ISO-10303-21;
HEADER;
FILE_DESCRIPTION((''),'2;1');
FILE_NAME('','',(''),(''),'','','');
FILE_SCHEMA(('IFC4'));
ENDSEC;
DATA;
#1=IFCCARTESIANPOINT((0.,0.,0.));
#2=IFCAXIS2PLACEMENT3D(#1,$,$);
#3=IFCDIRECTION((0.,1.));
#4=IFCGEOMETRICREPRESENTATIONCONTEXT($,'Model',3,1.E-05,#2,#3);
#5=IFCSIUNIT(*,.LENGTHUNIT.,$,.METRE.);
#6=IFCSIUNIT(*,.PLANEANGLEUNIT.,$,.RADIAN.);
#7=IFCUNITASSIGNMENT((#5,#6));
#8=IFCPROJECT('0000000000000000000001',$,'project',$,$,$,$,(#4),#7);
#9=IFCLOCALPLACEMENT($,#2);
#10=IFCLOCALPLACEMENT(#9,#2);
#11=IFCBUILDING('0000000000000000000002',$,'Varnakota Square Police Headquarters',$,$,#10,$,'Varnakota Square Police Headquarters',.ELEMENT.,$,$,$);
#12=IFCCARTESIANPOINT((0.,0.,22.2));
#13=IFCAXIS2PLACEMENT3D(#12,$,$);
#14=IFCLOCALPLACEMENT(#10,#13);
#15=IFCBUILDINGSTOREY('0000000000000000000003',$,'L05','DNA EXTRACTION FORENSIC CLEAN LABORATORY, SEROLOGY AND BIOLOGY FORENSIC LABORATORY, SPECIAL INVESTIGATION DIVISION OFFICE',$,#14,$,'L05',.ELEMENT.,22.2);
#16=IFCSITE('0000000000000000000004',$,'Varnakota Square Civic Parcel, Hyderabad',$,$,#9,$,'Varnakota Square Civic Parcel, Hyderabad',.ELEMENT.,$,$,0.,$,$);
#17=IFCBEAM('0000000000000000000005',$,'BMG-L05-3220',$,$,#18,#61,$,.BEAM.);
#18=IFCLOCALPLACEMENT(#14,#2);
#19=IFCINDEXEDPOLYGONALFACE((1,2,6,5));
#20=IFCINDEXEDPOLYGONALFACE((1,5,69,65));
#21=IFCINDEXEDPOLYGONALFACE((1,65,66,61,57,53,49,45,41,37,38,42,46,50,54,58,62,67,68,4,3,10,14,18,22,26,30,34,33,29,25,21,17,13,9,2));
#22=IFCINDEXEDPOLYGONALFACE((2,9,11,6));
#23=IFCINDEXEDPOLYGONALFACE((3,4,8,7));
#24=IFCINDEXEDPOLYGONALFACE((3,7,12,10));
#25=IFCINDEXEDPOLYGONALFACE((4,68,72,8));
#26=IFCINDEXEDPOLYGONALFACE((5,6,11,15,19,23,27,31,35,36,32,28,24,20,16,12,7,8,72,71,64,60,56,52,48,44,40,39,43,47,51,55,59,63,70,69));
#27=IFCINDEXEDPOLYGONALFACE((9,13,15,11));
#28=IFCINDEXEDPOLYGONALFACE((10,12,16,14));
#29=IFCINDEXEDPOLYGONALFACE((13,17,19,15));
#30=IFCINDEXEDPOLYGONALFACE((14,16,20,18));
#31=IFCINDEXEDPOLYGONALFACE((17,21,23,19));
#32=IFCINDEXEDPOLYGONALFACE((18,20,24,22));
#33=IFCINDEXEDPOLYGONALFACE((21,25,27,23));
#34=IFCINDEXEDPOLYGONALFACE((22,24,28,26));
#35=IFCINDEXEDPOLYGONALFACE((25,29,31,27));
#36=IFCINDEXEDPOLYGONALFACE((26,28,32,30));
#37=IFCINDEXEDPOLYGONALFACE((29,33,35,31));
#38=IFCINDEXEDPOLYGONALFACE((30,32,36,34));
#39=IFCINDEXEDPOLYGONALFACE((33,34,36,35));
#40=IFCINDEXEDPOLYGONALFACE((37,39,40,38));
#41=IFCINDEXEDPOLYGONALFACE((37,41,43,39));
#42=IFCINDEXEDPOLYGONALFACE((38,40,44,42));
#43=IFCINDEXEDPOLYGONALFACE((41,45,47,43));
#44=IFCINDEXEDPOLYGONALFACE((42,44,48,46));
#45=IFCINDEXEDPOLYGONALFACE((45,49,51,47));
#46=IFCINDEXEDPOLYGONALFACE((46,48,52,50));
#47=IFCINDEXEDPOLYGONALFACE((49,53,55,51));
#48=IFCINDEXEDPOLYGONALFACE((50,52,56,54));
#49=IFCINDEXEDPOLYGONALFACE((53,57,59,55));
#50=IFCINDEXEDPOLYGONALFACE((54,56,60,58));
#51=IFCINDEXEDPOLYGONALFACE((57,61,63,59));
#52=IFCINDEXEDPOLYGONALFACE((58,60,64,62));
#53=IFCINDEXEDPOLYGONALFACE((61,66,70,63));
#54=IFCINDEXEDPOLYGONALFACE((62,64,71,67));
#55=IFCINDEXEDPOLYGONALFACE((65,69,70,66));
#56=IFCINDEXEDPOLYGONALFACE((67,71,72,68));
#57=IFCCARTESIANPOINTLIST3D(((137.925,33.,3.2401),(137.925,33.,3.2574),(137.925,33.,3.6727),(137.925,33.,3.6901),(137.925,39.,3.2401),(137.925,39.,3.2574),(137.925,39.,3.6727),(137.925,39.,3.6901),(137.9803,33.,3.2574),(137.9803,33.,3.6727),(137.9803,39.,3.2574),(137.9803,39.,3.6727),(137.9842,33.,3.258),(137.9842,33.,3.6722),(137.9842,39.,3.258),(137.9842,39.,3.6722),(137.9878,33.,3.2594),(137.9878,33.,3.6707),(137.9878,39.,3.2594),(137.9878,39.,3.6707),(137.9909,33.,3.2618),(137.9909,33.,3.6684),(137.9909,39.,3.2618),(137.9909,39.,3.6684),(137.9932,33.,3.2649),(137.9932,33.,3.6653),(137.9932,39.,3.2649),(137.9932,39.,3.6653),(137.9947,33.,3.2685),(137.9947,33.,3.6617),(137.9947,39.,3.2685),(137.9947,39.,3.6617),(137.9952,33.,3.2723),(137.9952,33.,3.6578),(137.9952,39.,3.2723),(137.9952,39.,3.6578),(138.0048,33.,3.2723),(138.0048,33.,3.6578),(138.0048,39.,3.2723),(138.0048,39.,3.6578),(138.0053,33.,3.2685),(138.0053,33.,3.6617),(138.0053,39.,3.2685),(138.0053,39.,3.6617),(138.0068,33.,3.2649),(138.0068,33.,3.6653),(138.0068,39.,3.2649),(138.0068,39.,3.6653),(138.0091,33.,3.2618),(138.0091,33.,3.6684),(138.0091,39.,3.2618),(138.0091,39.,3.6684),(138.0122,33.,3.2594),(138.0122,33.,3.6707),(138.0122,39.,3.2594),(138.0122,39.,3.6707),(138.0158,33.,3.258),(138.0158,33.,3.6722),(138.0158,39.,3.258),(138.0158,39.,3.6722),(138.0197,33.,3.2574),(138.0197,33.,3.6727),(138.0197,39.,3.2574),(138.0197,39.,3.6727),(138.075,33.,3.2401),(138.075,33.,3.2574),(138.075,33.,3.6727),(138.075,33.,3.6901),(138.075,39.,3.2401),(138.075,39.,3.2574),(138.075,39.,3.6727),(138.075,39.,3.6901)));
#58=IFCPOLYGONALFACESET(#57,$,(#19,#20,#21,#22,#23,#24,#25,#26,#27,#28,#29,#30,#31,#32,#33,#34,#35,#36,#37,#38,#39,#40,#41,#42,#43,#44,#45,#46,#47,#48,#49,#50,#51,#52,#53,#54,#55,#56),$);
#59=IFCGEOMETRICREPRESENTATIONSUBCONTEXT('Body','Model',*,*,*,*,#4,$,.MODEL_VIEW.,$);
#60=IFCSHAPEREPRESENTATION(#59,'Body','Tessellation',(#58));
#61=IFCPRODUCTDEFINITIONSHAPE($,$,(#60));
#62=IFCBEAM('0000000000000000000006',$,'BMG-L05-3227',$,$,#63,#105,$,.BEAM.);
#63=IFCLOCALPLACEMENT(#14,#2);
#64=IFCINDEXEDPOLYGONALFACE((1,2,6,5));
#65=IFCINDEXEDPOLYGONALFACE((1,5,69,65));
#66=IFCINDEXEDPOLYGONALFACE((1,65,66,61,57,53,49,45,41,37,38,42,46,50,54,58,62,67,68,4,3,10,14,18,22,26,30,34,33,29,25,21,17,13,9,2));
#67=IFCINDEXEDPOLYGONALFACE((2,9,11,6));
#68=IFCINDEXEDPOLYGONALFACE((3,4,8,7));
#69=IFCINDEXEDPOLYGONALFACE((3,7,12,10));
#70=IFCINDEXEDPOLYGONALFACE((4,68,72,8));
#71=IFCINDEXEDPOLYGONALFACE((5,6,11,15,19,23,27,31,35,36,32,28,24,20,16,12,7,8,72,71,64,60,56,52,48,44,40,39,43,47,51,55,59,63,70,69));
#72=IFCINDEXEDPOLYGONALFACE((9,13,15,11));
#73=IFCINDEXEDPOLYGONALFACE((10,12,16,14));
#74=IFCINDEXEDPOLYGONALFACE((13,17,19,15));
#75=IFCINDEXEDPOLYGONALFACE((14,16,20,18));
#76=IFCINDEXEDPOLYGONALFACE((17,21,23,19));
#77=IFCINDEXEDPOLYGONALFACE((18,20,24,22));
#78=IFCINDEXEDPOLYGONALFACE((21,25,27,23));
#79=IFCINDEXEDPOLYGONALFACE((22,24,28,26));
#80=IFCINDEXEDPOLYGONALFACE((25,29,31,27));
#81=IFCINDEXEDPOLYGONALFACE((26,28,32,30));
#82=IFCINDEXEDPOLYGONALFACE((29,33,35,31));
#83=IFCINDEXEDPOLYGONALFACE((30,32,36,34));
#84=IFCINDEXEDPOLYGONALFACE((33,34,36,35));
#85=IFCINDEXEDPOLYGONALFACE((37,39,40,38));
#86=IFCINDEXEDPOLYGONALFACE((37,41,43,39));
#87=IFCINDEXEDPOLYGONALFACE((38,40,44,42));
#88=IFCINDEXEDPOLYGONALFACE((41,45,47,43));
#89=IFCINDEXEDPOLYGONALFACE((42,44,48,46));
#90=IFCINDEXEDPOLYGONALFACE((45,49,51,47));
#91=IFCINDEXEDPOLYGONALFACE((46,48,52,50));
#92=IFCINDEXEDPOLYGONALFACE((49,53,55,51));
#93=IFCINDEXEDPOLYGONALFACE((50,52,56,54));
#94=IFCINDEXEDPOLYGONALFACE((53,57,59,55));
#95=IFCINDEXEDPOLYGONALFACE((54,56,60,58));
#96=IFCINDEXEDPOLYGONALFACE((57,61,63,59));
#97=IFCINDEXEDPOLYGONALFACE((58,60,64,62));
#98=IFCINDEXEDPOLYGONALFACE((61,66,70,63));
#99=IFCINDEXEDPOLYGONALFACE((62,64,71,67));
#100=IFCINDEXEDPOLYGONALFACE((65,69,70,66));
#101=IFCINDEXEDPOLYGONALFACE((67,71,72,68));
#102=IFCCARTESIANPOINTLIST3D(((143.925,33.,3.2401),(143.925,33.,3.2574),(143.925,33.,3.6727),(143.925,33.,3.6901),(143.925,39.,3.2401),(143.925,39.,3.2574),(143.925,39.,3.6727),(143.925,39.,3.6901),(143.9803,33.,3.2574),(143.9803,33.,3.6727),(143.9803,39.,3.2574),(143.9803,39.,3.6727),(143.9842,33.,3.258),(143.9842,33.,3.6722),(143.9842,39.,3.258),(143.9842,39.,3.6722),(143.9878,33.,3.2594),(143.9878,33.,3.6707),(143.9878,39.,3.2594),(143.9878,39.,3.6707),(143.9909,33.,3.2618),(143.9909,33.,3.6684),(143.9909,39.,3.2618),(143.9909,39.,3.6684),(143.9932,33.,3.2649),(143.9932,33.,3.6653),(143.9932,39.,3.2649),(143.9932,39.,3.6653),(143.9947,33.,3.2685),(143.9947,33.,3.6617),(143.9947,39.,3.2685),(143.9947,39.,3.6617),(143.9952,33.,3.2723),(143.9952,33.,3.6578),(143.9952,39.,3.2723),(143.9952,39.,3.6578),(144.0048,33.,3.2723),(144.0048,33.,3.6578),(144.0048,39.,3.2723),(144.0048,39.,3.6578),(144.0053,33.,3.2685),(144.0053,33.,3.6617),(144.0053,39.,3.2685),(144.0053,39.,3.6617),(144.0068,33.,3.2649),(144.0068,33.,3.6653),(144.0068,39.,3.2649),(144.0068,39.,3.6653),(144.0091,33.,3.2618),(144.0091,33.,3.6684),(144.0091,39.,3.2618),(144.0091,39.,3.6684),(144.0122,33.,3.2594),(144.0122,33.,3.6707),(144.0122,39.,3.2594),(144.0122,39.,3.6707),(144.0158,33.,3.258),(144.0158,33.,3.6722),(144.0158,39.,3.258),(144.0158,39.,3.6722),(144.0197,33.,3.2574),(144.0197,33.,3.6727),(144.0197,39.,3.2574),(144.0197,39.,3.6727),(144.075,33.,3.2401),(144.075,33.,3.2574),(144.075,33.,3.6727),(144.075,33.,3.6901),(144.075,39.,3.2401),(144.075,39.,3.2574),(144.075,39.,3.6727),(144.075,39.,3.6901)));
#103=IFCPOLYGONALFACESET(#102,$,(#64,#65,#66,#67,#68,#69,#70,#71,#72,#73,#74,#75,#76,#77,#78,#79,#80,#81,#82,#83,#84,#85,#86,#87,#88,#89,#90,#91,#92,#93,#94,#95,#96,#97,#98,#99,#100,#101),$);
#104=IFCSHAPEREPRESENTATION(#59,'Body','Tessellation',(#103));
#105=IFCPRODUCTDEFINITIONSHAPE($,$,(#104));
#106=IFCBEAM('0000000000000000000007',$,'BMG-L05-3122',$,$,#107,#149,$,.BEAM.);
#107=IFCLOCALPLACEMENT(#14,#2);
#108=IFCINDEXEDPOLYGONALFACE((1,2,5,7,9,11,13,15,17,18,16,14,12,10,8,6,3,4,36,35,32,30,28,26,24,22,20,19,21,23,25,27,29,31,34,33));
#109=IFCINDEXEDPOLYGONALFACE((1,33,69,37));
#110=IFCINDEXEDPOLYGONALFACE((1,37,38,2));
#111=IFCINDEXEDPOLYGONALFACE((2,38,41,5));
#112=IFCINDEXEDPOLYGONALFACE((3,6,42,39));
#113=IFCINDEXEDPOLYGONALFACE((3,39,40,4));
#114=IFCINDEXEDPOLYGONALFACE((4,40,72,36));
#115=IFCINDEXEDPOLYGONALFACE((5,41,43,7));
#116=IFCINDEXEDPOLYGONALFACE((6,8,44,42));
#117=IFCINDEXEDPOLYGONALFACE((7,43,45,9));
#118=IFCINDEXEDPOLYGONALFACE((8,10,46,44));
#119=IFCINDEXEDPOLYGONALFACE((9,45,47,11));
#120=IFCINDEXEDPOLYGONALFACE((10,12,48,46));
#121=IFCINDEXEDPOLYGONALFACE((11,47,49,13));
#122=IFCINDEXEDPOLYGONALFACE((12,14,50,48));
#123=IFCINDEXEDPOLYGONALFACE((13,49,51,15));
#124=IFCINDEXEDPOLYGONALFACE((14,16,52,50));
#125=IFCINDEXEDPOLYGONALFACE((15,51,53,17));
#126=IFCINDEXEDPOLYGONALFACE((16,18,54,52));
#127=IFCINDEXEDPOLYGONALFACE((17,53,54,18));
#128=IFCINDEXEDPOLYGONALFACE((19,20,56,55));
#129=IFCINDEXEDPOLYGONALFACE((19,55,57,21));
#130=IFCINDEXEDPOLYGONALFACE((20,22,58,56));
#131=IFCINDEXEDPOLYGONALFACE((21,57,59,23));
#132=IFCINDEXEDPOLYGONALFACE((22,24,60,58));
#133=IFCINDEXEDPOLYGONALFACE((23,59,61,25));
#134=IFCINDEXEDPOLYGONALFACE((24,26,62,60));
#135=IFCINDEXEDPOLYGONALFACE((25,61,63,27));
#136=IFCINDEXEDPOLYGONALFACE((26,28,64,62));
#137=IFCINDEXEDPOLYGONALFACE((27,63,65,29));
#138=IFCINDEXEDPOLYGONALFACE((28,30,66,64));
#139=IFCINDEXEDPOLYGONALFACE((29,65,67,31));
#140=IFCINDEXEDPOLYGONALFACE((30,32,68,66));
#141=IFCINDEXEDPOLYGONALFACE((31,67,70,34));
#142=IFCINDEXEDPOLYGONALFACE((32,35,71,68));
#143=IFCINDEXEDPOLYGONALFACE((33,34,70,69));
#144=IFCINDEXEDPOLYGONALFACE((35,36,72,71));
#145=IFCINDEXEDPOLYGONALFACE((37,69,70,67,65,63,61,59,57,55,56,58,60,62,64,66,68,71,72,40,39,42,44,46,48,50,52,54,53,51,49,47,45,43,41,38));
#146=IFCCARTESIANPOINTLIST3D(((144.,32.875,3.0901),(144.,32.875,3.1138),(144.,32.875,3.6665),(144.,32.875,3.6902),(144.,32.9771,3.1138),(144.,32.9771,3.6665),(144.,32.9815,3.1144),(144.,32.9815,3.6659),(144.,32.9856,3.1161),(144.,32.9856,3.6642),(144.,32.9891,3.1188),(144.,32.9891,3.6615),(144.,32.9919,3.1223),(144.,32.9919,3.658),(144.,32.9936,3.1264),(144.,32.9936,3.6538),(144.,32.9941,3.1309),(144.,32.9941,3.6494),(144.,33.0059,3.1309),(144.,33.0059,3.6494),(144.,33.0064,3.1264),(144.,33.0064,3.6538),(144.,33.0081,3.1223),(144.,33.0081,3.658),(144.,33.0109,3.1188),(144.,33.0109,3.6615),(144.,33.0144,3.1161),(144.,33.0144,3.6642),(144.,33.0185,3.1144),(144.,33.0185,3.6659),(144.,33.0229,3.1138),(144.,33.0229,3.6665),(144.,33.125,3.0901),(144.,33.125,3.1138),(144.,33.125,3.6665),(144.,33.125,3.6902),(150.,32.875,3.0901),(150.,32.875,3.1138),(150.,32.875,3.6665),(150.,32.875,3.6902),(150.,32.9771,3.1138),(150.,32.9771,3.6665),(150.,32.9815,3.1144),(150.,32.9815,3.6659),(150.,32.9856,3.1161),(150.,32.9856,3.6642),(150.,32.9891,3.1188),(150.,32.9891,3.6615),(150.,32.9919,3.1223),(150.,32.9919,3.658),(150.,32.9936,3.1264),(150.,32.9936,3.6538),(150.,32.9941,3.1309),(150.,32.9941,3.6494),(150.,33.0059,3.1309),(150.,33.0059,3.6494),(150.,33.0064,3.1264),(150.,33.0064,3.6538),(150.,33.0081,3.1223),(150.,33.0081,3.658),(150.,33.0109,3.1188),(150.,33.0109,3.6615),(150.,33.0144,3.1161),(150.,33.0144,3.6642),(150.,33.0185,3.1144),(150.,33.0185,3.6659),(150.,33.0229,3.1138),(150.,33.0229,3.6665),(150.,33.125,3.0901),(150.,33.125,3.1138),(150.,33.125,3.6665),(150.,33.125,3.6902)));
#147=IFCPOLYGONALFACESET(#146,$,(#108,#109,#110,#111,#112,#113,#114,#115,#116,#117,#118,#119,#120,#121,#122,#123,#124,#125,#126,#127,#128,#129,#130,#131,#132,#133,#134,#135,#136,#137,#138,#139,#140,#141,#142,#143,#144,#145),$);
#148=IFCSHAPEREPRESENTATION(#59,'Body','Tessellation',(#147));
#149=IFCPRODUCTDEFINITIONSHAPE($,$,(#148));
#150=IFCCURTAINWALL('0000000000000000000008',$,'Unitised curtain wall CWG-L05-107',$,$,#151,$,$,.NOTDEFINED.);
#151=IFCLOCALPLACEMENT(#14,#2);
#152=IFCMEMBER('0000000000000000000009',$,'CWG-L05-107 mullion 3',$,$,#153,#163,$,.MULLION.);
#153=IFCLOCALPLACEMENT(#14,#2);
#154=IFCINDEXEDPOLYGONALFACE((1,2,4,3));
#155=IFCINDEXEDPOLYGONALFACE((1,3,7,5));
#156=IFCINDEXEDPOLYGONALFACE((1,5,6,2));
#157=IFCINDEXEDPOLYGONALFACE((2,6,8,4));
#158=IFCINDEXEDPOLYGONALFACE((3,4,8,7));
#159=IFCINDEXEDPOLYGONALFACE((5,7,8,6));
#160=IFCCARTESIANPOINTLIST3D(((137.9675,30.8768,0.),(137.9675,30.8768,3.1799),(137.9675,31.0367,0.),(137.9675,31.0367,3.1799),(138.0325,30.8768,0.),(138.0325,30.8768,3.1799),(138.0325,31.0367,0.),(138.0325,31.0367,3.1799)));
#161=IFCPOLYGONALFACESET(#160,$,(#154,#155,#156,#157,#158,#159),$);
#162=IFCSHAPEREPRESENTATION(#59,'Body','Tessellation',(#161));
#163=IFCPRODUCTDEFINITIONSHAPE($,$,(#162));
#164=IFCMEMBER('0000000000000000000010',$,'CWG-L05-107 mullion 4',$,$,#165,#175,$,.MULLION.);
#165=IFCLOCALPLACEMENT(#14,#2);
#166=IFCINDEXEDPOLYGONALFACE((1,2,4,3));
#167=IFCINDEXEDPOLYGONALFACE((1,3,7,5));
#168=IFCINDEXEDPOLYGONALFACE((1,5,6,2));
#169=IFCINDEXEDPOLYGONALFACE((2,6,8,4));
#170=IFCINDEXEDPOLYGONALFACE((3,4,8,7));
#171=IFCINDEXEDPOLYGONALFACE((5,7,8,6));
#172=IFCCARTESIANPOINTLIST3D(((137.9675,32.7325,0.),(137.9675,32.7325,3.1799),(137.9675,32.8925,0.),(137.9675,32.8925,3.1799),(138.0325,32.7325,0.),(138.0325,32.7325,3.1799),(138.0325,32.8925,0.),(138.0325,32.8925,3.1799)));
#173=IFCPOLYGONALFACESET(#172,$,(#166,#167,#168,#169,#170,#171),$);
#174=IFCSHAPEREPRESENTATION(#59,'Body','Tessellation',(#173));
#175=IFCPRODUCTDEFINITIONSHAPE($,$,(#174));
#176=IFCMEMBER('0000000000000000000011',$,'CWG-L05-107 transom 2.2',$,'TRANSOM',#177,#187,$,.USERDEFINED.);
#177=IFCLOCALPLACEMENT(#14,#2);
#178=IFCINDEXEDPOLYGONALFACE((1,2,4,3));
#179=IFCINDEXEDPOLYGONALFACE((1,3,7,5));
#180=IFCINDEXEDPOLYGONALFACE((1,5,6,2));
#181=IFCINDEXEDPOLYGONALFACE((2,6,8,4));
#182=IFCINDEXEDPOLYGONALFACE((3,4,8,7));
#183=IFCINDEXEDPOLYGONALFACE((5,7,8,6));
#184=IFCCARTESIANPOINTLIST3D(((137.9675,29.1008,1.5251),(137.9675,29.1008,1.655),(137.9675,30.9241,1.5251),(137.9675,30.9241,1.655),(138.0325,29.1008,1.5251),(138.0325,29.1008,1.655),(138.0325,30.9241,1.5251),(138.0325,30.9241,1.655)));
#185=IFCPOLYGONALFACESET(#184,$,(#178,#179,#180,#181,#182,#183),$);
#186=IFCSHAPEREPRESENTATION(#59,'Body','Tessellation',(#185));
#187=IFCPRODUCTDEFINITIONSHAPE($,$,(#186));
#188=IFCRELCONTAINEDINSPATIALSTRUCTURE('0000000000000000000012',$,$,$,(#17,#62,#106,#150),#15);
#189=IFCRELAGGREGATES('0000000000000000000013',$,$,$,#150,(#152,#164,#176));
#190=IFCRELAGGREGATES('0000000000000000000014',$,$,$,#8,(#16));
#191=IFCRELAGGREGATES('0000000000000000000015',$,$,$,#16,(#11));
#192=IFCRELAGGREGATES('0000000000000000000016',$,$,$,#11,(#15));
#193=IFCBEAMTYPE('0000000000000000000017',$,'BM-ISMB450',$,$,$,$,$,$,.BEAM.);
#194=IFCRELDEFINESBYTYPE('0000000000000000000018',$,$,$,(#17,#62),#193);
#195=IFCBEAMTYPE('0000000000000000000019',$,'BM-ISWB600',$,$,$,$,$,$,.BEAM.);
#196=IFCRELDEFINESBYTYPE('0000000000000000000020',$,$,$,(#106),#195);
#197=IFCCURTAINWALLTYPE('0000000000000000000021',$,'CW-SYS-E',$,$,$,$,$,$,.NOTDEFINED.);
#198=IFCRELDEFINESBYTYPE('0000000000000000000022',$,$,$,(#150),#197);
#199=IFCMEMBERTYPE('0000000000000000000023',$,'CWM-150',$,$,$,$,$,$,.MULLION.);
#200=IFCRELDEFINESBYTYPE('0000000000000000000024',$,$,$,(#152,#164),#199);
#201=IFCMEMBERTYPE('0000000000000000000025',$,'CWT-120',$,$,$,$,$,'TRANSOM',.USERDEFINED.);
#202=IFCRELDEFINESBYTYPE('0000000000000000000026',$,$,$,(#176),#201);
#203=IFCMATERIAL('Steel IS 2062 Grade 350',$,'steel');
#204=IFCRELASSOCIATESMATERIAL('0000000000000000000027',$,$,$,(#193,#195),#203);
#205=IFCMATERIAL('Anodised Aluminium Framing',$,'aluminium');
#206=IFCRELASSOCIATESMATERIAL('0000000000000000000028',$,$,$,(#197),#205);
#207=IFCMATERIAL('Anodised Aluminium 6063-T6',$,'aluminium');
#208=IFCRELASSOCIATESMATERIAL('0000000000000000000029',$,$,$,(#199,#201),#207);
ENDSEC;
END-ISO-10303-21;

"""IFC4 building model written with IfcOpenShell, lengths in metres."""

from ifc_helpers import new_model, si_unit, direction, frame, origin, origin_2d, place, context, subcontext, project, spatial, rectangle, i_section, extrude, material, material_profile, profile_set, type_object, element, aggregate, save


model = new_model("IFC4")

# Units and contexts
model_context = context("Model", 3, precision=1e-05, world=origin(), true_north=direction((0.0, 1.0)))
body_context = subcontext(model_context, "Body", "Model", "MODEL_VIEW")
ifc_project = project(units=[si_unit("LENGTHUNIT", "METRE"), si_unit("PLANEANGLEUNIT", "RADIAN")], contexts=[model_context])

# Site, building, storey
site_placement = place(None, origin())
site = spatial("IfcSite", under=ifc_project, at=site_placement, Name="Varnakota Square Civic Parcel, Hyderabad", LongName="Varnakota Square Civic Parcel, Hyderabad", CompositionType="ELEMENT", RefElevation=0.0)
building_placement = place(site_placement, origin())
building = spatial("IfcBuilding", under=site, at=building_placement, Name="Varnakota Square Police Headquarters", LongName="Varnakota Square Police Headquarters", CompositionType="ELEMENT")
storey_placement = place(building_placement, frame((0.0, 0.0, 22.2)))
storey = spatial("IfcBuildingStorey", under=building, at=storey_placement, Name="L05", Description="DNA EXTRACTION FORENSIC CLEAN LABORATORY, SEROLOGY AND BIOLOGY FORENSIC LABORATORY, SPECIAL INVESTIGATION DIVISION OFFICE", LongName="L05", CompositionType="ELEMENT", Elevation=22.2)

# Shared definitions
ifc_material_1 = material(Name="Steel IS 2062 Grade 350", Category="steel")

# Beams
ifc_material_profile_1 = material_profile(ifc_material_1, i_section(OverallWidth=0.1499, OverallDepth=0.45, WebThickness=0.0095, FlangeThickness=0.0173, FilletRadius=0.0149, at=origin_2d()), Name="ISMB 450")
ifc_profile_set_1 = profile_set([ifc_material_profile_1], Name="Steel IS 2062 Grade 350")
beam_type_1 = type_object("IfcBeamType", Name="BM-ISMB450", PredefinedType="BEAM", material=ifc_profile_set_1)
for number, where, z_axis, x_axis, name in (
    (1, (138.0, 33.0, 3.4651), (0.0, 1.0, 0.0), (-1.0, 0.0, 0.0), "BMG-L05-3220"),
    (2, (144.0, 33.0, 3.4651), (0.0, 1.0, 0.0), (-1.0, 0.0, 0.0), "BMG-L05-3227"),
):
    element("IfcBeam", number, at=place(storey_placement, frame(where, z_axis=z_axis, x_axis=x_axis)), inside=storey, type_object=beam_type_1, Name=name, PredefinedType="BEAM", context=body_context, shape_type="SweptSolid", body=[
        extrude(i_section(OverallWidth=0.1499, OverallDepth=0.45, WebThickness=0.0095, FlangeThickness=0.0173, FilletRadius=0.0149, at=origin_2d()), origin(), (0.0, 0.0, 1.0), 6.0),
    ])
ifc_material_profile_2 = material_profile(ifc_material_1, i_section(OverallWidth=0.25, OverallDepth=0.6001, WebThickness=0.0117, FlangeThickness=0.0237, FilletRadius=0.0171, at=origin_2d()), Name="ISWB 600")
ifc_profile_set_2 = profile_set([ifc_material_profile_2], Name="Steel IS 2062 Grade 350")
beam_type_2 = type_object("IfcBeamType", Name="BM-ISWB600", PredefinedType="BEAM", material=ifc_profile_set_2)
beam_1_placement = place(storey_placement, frame((144.0, 33.0, 3.3901), z_axis=(1.0, 0.0, 0.0), x_axis=(0.0, 1.0, 0.0)))
element("IfcBeam", 3, at=beam_1_placement, inside=storey, type_object=beam_type_2, Name="BMG-L05-3122", PredefinedType="BEAM", context=body_context, shape_type="SweptSolid", body=[
    extrude(i_section(OverallWidth=0.25, OverallDepth=0.6001, WebThickness=0.0117, FlangeThickness=0.0237, FilletRadius=0.0171, at=origin_2d()), origin(), (0.0, 0.0, 1.0), 6.0),
])

# Curtain wall, members
ifc_material_2 = material(Name="Anodised Aluminium Framing", Category="aluminium")
curtain_wall_type = type_object("IfcCurtainWallType", Name="CW-SYS-E", PredefinedType="NOTDEFINED", material=ifc_material_2)
curtain_wall_placement = place(storey_placement, origin())
curtain_wall = element("IfcCurtainWall", 4, at=curtain_wall_placement, inside=storey, type_object=curtain_wall_type, Name="Unitised curtain wall CWG-L05-107", PredefinedType="NOTDEFINED")
ifc_material_3 = material(Name="Anodised Aluminium 6063-T6", Category="aluminium")
ifc_material_profile_3 = material_profile(ifc_material_3, rectangle(XDim=0.0649, YDim=0.1599, at=origin_2d()), Name="ALU MULLION 65x160")
ifc_profile_set_3 = profile_set([ifc_material_profile_3], Name="Anodised Aluminium 6063-T6")
member_type_1 = type_object("IfcMemberType", Name="CWM-150", PredefinedType="MULLION", material=ifc_profile_set_3)
member_1_placement = place(storey_placement, frame((138.0, 30.9568, 0.0), z_axis=(0.0, 0.0, 1.0), x_axis=(-1.0, 0.0, 0.0)))
member_1 = element("IfcMember", 5, at=member_1_placement, type_object=member_type_1, Name="CWG-L05-107 mullion 3", PredefinedType="MULLION", context=body_context, shape_type="SweptSolid", body=[
    extrude(rectangle(XDim=0.0649, YDim=0.1599, at=origin_2d()), origin(), (0.0, 0.0, 1.0), 3.1799),
])
member_2_placement = place(storey_placement, frame((138.0, 32.8125, 0.0), z_axis=(0.0, 0.0, 1.0), x_axis=(-1.0, 0.0, 0.0)))
member_2 = element("IfcMember", 6, at=member_2_placement, type_object=member_type_1, Name="CWG-L05-107 mullion 4", PredefinedType="MULLION", context=body_context, shape_type="SweptSolid", body=[
    extrude(rectangle(XDim=0.0649, YDim=0.1599, at=origin_2d()), origin(), (0.0, 0.0, 1.0), 3.1799),
])
ifc_material_profile_4 = material_profile(ifc_material_3, rectangle(XDim=0.0649, YDim=0.1299, at=origin_2d()), Name="ALU TRANSOM 65x130")
ifc_profile_set_4 = profile_set([ifc_material_profile_4], Name="Anodised Aluminium 6063-T6")
member_type_2 = type_object("IfcMemberType", Name="CWT-120", ElementType="TRANSOM", PredefinedType="USERDEFINED", material=ifc_profile_set_4)
member_3_placement = place(storey_placement, frame((138.0, 29.1008, 1.5901), z_axis=(0.0, 1.0, 0.0), x_axis=(-1.0, 0.0, 0.0)))
member_3 = element("IfcMember", 7, at=member_3_placement, type_object=member_type_2, Name="CWG-L05-107 transom 2.2", ObjectType="TRANSOM", PredefinedType="USERDEFINED", context=body_context, shape_type="SweptSolid", body=[
    extrude(rectangle(XDim=0.0649, YDim=0.1299, at=origin_2d()), origin(), (0.0, 0.0, 1.0), 1.8232),
])
aggregate(curtain_wall, [member_1, member_2, member_3])

save(model, "model.ifc")
